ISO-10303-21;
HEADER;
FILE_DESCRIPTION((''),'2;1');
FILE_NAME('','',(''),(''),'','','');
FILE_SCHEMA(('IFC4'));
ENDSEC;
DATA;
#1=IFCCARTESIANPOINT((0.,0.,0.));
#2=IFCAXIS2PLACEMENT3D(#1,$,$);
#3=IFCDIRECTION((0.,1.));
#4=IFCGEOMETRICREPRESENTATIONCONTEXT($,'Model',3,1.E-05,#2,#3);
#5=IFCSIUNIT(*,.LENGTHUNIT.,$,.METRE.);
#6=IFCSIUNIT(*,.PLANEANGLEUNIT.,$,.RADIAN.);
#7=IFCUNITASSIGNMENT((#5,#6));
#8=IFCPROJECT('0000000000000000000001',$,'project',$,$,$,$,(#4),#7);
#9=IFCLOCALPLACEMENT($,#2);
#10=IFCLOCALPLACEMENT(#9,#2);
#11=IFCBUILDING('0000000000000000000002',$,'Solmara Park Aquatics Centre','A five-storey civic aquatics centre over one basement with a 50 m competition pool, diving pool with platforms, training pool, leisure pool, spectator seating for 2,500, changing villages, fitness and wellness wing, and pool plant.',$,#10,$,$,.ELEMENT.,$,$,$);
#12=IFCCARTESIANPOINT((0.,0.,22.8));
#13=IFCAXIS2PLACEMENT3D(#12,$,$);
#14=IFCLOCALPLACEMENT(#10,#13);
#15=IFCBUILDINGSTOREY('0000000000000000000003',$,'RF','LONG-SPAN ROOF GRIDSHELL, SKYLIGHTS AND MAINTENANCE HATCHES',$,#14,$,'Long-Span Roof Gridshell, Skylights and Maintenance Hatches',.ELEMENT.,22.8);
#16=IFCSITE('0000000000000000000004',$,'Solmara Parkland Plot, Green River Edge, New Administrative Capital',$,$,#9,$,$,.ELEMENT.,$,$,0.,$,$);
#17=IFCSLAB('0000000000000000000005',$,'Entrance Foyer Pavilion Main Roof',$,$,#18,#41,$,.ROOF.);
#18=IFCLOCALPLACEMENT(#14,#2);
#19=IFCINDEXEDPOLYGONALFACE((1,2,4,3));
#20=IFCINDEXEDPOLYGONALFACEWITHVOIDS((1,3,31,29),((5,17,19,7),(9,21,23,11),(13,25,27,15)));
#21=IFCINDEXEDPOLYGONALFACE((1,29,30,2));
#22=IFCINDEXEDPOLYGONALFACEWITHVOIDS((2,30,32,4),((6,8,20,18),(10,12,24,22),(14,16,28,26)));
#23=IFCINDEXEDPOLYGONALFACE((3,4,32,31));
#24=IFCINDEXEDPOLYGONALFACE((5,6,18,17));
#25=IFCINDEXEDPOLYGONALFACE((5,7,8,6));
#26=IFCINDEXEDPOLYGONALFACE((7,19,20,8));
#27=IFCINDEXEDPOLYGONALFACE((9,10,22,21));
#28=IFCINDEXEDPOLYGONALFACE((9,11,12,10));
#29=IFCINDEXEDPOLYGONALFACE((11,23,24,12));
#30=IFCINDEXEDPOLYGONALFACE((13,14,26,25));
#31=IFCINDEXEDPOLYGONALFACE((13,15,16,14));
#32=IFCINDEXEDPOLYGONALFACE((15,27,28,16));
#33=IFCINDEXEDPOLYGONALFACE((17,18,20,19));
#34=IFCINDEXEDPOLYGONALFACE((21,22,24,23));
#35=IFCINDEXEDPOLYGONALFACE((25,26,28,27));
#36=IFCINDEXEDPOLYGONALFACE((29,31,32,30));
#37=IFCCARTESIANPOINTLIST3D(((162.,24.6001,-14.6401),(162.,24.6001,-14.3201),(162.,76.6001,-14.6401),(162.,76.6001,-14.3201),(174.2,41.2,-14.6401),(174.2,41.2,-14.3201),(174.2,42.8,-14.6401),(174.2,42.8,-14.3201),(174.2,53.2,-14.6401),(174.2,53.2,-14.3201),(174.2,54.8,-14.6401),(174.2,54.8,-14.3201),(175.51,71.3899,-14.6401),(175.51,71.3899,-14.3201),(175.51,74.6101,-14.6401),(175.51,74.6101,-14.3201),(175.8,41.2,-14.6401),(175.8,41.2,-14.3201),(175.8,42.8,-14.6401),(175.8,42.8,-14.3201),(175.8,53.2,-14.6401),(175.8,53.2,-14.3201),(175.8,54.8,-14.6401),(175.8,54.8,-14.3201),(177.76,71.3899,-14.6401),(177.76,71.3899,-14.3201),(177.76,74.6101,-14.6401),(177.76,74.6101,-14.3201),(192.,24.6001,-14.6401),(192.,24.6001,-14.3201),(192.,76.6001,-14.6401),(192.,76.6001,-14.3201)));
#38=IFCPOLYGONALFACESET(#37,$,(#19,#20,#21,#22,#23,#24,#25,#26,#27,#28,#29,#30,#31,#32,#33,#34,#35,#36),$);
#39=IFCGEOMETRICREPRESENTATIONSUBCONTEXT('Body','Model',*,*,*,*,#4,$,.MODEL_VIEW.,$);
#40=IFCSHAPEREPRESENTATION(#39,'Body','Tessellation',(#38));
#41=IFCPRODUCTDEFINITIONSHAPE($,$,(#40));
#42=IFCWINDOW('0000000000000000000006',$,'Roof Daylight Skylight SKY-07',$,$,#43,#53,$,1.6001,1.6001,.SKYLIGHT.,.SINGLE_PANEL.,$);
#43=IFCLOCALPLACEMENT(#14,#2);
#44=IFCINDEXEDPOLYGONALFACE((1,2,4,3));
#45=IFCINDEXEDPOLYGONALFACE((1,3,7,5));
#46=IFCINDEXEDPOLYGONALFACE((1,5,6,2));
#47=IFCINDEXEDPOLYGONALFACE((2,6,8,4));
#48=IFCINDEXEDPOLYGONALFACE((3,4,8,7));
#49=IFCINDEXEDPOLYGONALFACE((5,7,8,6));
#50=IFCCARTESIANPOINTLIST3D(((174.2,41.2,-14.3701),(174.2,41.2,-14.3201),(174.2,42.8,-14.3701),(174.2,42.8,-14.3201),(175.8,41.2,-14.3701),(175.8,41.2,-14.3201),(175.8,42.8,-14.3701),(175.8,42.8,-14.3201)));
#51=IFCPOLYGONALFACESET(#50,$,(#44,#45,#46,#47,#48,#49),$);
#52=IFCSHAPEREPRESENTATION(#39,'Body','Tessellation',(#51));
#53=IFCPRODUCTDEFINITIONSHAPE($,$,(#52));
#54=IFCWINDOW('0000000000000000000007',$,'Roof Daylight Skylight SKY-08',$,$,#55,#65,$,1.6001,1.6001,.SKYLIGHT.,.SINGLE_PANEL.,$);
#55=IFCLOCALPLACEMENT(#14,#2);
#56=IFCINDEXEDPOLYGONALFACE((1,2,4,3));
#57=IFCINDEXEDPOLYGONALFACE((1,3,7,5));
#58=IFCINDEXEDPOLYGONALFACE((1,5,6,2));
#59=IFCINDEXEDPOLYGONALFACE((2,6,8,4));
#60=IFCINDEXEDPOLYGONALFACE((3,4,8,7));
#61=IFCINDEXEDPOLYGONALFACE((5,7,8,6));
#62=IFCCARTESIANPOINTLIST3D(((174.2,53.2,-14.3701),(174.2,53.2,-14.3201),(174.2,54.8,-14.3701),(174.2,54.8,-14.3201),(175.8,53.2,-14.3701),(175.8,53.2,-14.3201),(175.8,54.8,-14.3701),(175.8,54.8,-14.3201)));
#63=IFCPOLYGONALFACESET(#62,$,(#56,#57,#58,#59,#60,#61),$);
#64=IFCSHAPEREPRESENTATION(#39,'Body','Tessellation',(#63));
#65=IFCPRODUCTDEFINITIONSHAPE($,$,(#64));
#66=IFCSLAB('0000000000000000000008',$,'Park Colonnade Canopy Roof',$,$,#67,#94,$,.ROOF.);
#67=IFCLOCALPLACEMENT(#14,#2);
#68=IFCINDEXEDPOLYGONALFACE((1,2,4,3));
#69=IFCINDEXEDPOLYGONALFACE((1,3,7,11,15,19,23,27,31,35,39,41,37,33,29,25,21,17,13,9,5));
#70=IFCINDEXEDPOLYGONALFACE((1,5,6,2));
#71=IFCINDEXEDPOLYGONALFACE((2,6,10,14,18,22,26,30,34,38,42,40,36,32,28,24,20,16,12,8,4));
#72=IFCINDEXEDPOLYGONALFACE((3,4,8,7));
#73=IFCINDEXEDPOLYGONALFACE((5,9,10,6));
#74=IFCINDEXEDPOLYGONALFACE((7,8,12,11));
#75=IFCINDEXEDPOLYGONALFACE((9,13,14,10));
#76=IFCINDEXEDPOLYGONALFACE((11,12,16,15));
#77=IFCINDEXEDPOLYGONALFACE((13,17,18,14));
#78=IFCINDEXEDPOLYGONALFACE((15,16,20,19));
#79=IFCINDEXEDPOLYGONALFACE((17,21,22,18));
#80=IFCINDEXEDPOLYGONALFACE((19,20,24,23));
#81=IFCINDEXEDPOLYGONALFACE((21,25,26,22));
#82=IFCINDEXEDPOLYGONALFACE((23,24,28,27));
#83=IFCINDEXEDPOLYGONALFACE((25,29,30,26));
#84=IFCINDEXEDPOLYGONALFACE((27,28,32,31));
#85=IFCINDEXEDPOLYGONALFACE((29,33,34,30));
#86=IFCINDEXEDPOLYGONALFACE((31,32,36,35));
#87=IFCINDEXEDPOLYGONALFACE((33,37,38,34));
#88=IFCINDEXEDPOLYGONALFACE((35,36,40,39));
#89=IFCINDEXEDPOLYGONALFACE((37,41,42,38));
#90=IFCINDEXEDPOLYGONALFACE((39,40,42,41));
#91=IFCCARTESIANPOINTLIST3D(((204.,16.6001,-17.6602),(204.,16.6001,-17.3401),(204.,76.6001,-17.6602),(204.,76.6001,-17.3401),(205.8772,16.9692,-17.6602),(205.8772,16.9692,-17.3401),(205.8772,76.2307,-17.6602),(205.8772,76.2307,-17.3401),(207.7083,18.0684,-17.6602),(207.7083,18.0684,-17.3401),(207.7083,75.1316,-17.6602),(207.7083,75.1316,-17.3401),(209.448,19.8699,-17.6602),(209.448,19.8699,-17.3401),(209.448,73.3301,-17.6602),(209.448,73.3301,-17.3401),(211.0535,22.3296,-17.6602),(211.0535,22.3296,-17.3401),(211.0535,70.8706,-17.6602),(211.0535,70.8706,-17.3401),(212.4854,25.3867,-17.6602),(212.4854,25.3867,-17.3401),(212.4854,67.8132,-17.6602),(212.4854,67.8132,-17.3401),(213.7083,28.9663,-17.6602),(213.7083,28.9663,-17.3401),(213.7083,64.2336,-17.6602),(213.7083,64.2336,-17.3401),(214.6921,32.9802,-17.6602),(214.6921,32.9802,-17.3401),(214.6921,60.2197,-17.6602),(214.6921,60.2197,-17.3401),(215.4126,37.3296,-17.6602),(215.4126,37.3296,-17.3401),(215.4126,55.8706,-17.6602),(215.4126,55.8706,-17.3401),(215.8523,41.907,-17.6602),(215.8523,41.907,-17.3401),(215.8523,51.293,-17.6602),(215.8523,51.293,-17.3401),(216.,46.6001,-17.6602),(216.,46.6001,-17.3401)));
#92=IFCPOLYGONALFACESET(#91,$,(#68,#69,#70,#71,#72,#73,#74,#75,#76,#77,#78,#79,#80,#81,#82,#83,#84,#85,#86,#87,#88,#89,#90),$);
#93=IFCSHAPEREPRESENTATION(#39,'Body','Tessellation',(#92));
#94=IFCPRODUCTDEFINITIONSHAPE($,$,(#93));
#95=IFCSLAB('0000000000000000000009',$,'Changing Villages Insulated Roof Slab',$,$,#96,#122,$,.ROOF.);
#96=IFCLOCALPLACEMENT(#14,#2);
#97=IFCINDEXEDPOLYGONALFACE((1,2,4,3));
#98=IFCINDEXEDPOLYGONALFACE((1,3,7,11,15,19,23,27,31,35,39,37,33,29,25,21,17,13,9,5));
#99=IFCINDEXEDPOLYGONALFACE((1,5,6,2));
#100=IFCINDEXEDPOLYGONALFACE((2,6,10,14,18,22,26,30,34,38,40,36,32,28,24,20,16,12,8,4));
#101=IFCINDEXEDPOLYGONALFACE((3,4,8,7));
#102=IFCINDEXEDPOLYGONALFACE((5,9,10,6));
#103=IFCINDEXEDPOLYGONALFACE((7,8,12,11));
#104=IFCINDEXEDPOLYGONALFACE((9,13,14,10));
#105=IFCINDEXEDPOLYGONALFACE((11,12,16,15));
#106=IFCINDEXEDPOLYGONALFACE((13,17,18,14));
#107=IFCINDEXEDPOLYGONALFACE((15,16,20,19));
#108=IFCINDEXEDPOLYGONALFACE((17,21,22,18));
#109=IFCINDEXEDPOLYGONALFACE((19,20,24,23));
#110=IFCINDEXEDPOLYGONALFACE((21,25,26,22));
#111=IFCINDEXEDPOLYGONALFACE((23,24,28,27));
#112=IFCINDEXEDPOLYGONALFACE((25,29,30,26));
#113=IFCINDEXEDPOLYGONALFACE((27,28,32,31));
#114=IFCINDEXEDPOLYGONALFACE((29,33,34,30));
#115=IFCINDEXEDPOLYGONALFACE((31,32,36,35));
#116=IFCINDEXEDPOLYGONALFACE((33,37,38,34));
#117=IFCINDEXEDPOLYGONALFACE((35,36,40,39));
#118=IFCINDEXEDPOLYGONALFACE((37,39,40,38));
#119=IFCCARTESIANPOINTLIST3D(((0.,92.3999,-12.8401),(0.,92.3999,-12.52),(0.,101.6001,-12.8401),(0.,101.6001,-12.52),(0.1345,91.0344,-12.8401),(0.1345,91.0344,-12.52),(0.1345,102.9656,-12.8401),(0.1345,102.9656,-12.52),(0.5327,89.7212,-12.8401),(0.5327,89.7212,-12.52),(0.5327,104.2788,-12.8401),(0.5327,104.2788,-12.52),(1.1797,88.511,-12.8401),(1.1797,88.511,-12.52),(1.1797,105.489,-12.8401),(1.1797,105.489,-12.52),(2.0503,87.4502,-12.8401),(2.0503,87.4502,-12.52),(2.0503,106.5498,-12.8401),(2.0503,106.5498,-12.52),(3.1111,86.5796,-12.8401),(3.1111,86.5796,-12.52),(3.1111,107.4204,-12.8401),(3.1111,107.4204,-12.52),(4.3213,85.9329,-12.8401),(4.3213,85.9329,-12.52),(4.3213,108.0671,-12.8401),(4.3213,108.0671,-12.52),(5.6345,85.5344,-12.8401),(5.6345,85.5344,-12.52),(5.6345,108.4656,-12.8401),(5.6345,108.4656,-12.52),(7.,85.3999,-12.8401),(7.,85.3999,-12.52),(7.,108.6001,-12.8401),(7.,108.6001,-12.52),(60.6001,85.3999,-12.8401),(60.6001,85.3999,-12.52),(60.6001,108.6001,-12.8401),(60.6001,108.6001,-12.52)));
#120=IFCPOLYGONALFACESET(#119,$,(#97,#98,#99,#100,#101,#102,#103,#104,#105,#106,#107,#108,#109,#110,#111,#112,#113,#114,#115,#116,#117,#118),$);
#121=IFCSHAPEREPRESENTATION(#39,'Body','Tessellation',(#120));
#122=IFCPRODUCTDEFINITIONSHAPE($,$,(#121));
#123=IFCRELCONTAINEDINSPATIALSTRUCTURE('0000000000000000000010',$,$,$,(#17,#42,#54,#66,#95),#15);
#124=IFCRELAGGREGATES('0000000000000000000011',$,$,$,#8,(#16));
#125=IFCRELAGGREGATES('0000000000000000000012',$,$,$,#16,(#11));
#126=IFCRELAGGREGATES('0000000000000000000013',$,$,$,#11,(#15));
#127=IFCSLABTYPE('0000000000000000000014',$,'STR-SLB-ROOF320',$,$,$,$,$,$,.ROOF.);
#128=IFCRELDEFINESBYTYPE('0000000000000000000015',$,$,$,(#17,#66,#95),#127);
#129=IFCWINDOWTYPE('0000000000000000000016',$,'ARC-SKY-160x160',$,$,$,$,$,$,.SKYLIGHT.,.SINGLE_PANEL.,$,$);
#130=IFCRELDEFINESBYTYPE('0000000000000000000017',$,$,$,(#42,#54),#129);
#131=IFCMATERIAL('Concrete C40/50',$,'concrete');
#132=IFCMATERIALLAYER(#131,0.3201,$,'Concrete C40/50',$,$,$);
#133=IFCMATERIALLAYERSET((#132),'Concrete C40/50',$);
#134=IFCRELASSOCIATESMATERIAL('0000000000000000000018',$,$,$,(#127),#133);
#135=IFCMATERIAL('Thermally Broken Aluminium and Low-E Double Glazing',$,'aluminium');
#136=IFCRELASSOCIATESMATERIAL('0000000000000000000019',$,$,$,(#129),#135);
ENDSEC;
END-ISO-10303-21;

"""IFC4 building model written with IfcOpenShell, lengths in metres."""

from ifc_helpers import new_model, si_unit, direction, frame, origin, origin_2d, place, context, subcontext, project, spatial, polyline, rectangle, outline, extrude, material, layer, layer_set, type_object, element, fill, save


model = new_model("IFC4")

# Units and contexts
model_context = context("Model", 3, precision=1e-05, world=origin(), true_north=direction((0.0, 1.0)))
body_context = subcontext(model_context, "Body", "Model", "MODEL_VIEW")
ifc_project = project(units=[si_unit("LENGTHUNIT", "METRE"), si_unit("PLANEANGLEUNIT", "RADIAN")], contexts=[model_context])

# Site, building, storey
site_placement = place(None, origin())
site = spatial("IfcSite", under=ifc_project, at=site_placement, Name="Solmara Parkland Plot, Green River Edge, New Administrative Capital", CompositionType="ELEMENT", RefElevation=0.0)
building_placement = place(site_placement, origin())
building = spatial("IfcBuilding", under=site, at=building_placement, Name="Solmara Park Aquatics Centre", Description="A five-storey civic aquatics centre over one basement with a 50 m competition pool, diving pool with platforms, training pool, leisure pool, spectator seating for 2,500, changing villages, fitness and wellness wing, and pool plant.", CompositionType="ELEMENT")
storey_placement = place(building_placement, frame((0.0, 0.0, 22.8)))
storey = spatial("IfcBuildingStorey", under=building, at=storey_placement, Name="RF", Description="LONG-SPAN ROOF GRIDSHELL, SKYLIGHTS AND MAINTENANCE HATCHES", LongName="Long-Span Roof Gridshell, Skylights and Maintenance Hatches", CompositionType="ELEMENT", Elevation=22.8)

# Shared definitions
ifc_material_1 = material(Name="Concrete C40/50", Category="concrete")

# Slab, openings, windows
ifc_layer_1 = layer(ifc_material_1, 0.3201, Name="Concrete C40/50")
ifc_layer_set_1 = layer_set([ifc_layer_1], Name="Concrete C40/50")
slab_type_1 = type_object("IfcSlabType", Name="STR-SLB-ROOF320", PredefinedType="ROOF", material=ifc_layer_set_1)
slab_1_placement = place(storey_placement, frame((0.0, 0.0, -14.6401)))
slab_1 = element("IfcSlab", 1, at=slab_1_placement, inside=storey, type_object=slab_type_1, Name="Entrance Foyer Pavilion Main Roof", PredefinedType="ROOF", context=body_context, shape_type="SweptSolid", body=[
    extrude(outline(polyline([(162.0, 24.6001), (192.0, 24.6001), (192.0, 76.6001), (162.0, 76.6001), (162.0, 24.6001)]), holes=[polyline([(175.51, 71.3899), (177.76, 71.3899), (177.76, 74.6101), (175.51, 74.6101), (175.51, 71.3899)])]), origin(), (0.0, 0.0, 1.0), 0.3201),
])
opening_1_placement = place(slab_1_placement, frame((175.0, 42.0, 0.0)))
opening_1 = element("IfcOpeningElement", 2, at=opening_1_placement, cuts=slab_1, PredefinedType="OPENING", context=body_context, shape_type="SweptSolid", body=[
    extrude(rectangle(XDim=1.6001, YDim=1.6001, at=origin_2d()), frame((0.0, 0.0, -0.01)), (0.0, 0.0, 1.0), 0.3401),
])
opening_2_placement = place(slab_1_placement, frame((175.0, 54.0, 0.0)))
opening_2 = element("IfcOpeningElement", 3, at=opening_2_placement, cuts=slab_1, PredefinedType="OPENING", context=body_context, shape_type="SweptSolid", body=[
    extrude(rectangle(XDim=1.6001, YDim=1.6001, at=origin_2d()), frame((0.0, 0.0, -0.01)), (0.0, 0.0, 1.0), 0.3401),
])
ifc_material_2 = material(Name="Thermally Broken Aluminium and Low-E Double Glazing", Category="aluminium")
window_type = type_object("IfcWindowType", Name="ARC-SKY-160x160", PartitioningType="SINGLE_PANEL", PredefinedType="SKYLIGHT", material=ifc_material_2)
window_1_placement = place(opening_1_placement, frame((0.0, 0.0, 0.27)))
window_1 = element("IfcWindow", 4, at=window_1_placement, inside=storey, type_object=window_type, Name="Roof Daylight Skylight SKY-07", OverallHeight=1.6001, OverallWidth=1.6001, PartitioningType="SINGLE_PANEL", PredefinedType="SKYLIGHT", context=body_context, shape_type="SweptSolid", body=[
    extrude(rectangle(XDim=1.6001, YDim=1.6001, at=origin_2d()), origin(), (0.0, 0.0, 1.0), 0.05),
])
fill(opening_1, window_1)
window_2_placement = place(opening_2_placement, frame((0.0, 0.0, 0.27)))
window_2 = element("IfcWindow", 5, at=window_2_placement, inside=storey, type_object=window_type, Name="Roof Daylight Skylight SKY-08", OverallHeight=1.6001, OverallWidth=1.6001, PartitioningType="SINGLE_PANEL", PredefinedType="SKYLIGHT", context=body_context, shape_type="SweptSolid", body=[
    extrude(rectangle(XDim=1.6001, YDim=1.6001, at=origin_2d()), origin(), (0.0, 0.0, 1.0), 0.05),
])
fill(opening_2, window_2)

# Slabs
slab_2_placement = place(storey_placement, frame((0.0, 0.0, -17.6602)))
element("IfcSlab", 6, at=slab_2_placement, inside=storey, type_object=slab_type_1, Name="Park Colonnade Canopy Roof", PredefinedType="ROOF", context=body_context, shape_type="SweptSolid", body=[
    extrude(outline(polyline([(204.0, 16.6001), (204.0, 16.6001), (205.8772, 16.9692), (207.7083, 18.0684), (209.448, 19.8699), (211.0535, 22.3296), (212.4854, 25.3867), (213.7083, 28.9663), (214.6921, 32.9802), (215.4126, 37.3296), (215.8523, 41.907), (216.0, 46.6001), (215.8523, 51.293), (215.4126, 55.8706), (214.6921, 60.2197), (213.7083, 64.2336), (212.4854, 67.8132), (211.0535, 70.8706), (209.448, 73.3301), (207.7083, 75.1316), (205.8772, 76.2307), (204.0, 76.6001), (204.0, 76.6001), (204.0, 16.6001)])), origin(), (0.0, 0.0, 1.0), 0.3201),
])
slab_3_placement = place(storey_placement, frame((0.0, 0.0, -12.8401)))
element("IfcSlab", 7, at=slab_3_placement, inside=storey, type_object=slab_type_1, Name="Changing Villages Insulated Roof Slab", PredefinedType="ROOF", context=body_context, shape_type="SweptSolid", body=[
    extrude(outline(polyline([(0.0, 92.3999), (0.1345, 91.0344), (0.5327, 89.7212), (1.1797, 88.511), (2.0503, 87.4502), (3.1111, 86.5796), (4.3213, 85.9329), (5.6345, 85.5344), (7.0, 85.3999), (60.6001, 85.3999), (60.6001, 108.6001), (7.0, 108.6001), (5.6345, 108.4656), (4.3213, 108.0671), (3.1111, 107.4204), (2.0503, 106.5498), (1.1797, 105.489), (0.5327, 104.2788), (0.1345, 102.9656), (0.0, 101.6001), (0.0, 92.3999)])), origin(), (0.0, 0.0, 1.0), 0.3201),
])

save(model, "model.ifc")
